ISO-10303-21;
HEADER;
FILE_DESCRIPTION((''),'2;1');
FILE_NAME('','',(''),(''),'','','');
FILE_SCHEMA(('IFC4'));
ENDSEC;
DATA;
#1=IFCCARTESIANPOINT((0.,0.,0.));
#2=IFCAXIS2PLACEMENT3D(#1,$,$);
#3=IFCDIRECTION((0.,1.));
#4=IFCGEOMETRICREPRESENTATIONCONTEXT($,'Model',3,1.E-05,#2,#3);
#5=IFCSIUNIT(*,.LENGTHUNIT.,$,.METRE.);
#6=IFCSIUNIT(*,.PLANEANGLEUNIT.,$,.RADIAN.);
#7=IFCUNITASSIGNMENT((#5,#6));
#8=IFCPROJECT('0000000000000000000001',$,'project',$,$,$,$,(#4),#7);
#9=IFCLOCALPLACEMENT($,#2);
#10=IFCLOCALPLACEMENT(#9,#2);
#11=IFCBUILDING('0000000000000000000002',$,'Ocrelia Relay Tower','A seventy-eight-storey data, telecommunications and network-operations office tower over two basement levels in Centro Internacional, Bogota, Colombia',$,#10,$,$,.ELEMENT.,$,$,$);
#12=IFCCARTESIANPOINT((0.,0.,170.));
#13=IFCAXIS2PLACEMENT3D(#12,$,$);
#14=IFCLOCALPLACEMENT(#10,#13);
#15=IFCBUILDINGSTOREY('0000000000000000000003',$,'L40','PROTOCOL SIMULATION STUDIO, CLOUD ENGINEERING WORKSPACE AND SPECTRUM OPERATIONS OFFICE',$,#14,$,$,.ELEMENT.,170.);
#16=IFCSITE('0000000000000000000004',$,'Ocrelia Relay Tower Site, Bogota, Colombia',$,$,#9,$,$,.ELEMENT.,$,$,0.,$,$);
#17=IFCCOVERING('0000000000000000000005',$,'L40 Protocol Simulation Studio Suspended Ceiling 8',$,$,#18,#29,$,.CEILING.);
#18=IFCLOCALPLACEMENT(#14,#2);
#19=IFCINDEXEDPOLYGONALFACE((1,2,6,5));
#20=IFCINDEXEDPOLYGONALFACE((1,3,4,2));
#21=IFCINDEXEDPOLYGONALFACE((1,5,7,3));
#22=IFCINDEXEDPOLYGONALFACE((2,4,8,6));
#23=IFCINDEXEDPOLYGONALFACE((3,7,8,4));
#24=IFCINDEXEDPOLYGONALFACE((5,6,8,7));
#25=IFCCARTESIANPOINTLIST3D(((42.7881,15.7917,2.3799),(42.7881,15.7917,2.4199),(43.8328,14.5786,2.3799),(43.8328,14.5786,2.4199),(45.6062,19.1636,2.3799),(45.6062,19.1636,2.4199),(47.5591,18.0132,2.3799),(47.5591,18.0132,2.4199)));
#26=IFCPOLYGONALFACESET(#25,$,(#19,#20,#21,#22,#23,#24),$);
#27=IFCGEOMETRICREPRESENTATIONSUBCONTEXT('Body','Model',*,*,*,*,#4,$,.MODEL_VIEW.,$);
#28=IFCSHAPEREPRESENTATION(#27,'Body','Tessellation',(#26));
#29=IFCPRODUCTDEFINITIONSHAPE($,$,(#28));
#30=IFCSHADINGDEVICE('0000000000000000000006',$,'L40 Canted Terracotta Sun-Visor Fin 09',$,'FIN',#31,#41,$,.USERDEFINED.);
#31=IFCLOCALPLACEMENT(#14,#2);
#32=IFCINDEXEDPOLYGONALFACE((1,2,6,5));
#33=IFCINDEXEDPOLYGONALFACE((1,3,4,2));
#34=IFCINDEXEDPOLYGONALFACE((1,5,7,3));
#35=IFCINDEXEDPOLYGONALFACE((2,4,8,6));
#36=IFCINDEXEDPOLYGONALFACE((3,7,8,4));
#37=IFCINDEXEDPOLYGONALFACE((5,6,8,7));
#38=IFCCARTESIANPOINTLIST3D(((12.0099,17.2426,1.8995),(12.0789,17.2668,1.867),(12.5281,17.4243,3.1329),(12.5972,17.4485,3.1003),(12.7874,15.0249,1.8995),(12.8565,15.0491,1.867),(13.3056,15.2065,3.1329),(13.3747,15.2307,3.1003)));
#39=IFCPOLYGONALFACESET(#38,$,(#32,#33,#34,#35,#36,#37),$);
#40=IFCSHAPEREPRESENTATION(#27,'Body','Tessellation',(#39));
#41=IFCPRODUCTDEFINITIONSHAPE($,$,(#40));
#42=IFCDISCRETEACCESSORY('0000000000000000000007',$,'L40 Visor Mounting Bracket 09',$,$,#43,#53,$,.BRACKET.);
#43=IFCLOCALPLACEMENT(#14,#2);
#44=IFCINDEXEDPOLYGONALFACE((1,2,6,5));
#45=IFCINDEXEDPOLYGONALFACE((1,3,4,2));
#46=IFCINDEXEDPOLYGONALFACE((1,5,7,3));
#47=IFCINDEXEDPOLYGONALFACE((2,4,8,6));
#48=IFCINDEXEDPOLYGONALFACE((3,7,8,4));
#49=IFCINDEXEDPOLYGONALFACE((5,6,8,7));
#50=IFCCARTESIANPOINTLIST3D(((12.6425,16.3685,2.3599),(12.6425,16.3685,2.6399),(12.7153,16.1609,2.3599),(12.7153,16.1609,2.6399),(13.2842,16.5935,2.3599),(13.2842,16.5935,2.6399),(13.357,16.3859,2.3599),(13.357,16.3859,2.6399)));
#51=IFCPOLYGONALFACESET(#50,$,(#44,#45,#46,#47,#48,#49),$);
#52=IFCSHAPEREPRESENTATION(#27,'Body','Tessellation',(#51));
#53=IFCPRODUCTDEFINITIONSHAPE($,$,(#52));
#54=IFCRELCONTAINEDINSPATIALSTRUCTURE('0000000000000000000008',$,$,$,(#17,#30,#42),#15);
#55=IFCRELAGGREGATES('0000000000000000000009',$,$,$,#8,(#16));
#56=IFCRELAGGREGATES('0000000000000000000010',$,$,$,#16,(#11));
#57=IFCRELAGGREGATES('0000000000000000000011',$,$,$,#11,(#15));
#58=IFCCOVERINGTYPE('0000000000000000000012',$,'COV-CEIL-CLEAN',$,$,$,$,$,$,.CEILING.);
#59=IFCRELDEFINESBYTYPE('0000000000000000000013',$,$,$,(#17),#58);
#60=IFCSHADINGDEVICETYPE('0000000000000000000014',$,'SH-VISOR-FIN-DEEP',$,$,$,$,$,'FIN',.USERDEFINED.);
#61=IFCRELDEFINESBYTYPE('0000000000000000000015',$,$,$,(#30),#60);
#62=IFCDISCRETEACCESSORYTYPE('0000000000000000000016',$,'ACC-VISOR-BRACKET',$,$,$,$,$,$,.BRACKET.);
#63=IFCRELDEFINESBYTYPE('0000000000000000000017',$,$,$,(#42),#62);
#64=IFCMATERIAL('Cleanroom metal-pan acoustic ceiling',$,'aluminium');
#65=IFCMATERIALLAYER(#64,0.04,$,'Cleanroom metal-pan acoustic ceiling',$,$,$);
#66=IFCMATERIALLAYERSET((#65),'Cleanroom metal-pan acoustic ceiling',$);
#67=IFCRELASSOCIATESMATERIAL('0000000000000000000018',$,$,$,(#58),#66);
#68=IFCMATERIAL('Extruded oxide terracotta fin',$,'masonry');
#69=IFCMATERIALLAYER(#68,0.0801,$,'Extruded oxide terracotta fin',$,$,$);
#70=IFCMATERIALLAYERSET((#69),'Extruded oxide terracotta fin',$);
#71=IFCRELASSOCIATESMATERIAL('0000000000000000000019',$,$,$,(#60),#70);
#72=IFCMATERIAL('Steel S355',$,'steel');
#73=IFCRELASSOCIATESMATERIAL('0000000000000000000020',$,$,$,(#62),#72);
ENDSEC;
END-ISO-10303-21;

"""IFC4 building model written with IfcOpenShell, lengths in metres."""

from ifc_helpers import new_model, si_unit, direction, frame, origin, origin_2d, place, context, subcontext, project, spatial, polyline, rectangle, outline, extrude, material, layer, layer_set, type_object, element, save


model = new_model("IFC4")

# Units and contexts
model_context = context("Model", 3, precision=1e-05, world=origin(), true_north=direction((0.0, 1.0)))
body_context = subcontext(model_context, "Body", "Model", "MODEL_VIEW")
ifc_project = project(units=[si_unit("LENGTHUNIT", "METRE"), si_unit("PLANEANGLEUNIT", "RADIAN")], contexts=[model_context])

# Site, building, storey
site_placement = place(None, origin())
site = spatial("IfcSite", under=ifc_project, at=site_placement, Name="Ocrelia Relay Tower Site, Bogota, Colombia", CompositionType="ELEMENT", RefElevation=0.0)
building_placement = place(site_placement, origin())
building = spatial("IfcBuilding", under=site, at=building_placement, Name="Ocrelia Relay Tower", Description="A seventy-eight-storey data, telecommunications and network-operations office tower over two basement levels in Centro Internacional, Bogota, Colombia", CompositionType="ELEMENT")
storey_placement = place(building_placement, frame((0.0, 0.0, 170.0)))
storey = spatial("IfcBuildingStorey", under=building, at=storey_placement, Name="L40", Description="PROTOCOL SIMULATION STUDIO, CLOUD ENGINEERING WORKSPACE AND SPECTRUM OPERATIONS OFFICE", CompositionType="ELEMENT", Elevation=170.0)

# Covering
ifc_material_1 = material(Name="Cleanroom metal-pan acoustic ceiling", Category="aluminium")
ifc_layer_1 = layer(ifc_material_1, 0.04, Name="Cleanroom metal-pan acoustic ceiling")
ifc_layer_set_1 = layer_set([ifc_layer_1], Name="Cleanroom metal-pan acoustic ceiling")
covering_type_1 = type_object("IfcCoveringType", Name="COV-CEIL-CLEAN", PredefinedType="CEILING", material=ifc_layer_set_1)
covering_1_placement = place(storey_placement, frame((0.0, 0.0, 2.3799)))
element("IfcCovering", 1, at=covering_1_placement, inside=storey, type_object=covering_type_1, Name="L40 Protocol Simulation Studio Suspended Ceiling 8", PredefinedType="CEILING", context=body_context, shape_type="SweptSolid", body=[
    extrude(outline(polyline([(42.7881, 15.7917), (43.8328, 14.5786), (47.5591, 18.0132), (45.6062, 19.1636), (42.7881, 15.7917)])), origin(), (0.0, 0.0, 1.0), 0.04),
])

# Shading device
ifc_material_2 = material(Name="Extruded oxide terracotta fin", Category="masonry")
ifc_layer_2 = layer(ifc_material_2, 0.0801, Name="Extruded oxide terracotta fin")
ifc_layer_set_2 = layer_set([ifc_layer_2], Name="Extruded oxide terracotta fin")
shading_device_type = type_object("IfcShadingDeviceType", Name="SH-VISOR-FIN-DEEP", ElementType="FIN", PredefinedType="USERDEFINED", material=ifc_layer_set_2)
shading_device_placement = place(storey_placement, frame((12.7268, 16.2488, 2.4836), z_axis=(-0.862099, -0.302242, 0.406737), x_axis=(0.330845, -0.943685, 0.0)))
element("IfcShadingDevice", 2, at=shading_device_placement, inside=storey, type_object=shading_device_type, Name="L40 Canted Terracotta Sun-Visor Fin 09", ObjectType="FIN", PredefinedType="USERDEFINED", context=body_context, shape_type="SweptSolid", body=[
    extrude(rectangle(XDim=2.3501, YDim=1.3501, at=origin_2d()), origin(), (0.0, 0.0, 1.0), 0.0801),
])

# Discrete accessory
ifc_material_3 = material(Name="Steel S355", Category="steel")
discrete_accessory_type = type_object("IfcDiscreteAccessoryType", Name="ACC-VISOR-BRACKET", PredefinedType="BRACKET", material=ifc_material_3)
discrete_accessory_placement = place(storey_placement, frame((12.9998, 16.3772, 2.3599), z_axis=(0.0, 0.0, 1.0), x_axis=(0.330845, -0.943685, 0.0)))
element("IfcDiscreteAccessory", 3, at=discrete_accessory_placement, inside=storey, type_object=discrete_accessory_type, Name="L40 Visor Mounting Bracket 09", PredefinedType="BRACKET", context=body_context, shape_type="SweptSolid", body=[
    extrude(rectangle(XDim=0.22, YDim=0.6799, at=origin_2d()), origin(), (0.0, 0.0, 1.0), 0.28),
])

save(model, "model.ifc")
